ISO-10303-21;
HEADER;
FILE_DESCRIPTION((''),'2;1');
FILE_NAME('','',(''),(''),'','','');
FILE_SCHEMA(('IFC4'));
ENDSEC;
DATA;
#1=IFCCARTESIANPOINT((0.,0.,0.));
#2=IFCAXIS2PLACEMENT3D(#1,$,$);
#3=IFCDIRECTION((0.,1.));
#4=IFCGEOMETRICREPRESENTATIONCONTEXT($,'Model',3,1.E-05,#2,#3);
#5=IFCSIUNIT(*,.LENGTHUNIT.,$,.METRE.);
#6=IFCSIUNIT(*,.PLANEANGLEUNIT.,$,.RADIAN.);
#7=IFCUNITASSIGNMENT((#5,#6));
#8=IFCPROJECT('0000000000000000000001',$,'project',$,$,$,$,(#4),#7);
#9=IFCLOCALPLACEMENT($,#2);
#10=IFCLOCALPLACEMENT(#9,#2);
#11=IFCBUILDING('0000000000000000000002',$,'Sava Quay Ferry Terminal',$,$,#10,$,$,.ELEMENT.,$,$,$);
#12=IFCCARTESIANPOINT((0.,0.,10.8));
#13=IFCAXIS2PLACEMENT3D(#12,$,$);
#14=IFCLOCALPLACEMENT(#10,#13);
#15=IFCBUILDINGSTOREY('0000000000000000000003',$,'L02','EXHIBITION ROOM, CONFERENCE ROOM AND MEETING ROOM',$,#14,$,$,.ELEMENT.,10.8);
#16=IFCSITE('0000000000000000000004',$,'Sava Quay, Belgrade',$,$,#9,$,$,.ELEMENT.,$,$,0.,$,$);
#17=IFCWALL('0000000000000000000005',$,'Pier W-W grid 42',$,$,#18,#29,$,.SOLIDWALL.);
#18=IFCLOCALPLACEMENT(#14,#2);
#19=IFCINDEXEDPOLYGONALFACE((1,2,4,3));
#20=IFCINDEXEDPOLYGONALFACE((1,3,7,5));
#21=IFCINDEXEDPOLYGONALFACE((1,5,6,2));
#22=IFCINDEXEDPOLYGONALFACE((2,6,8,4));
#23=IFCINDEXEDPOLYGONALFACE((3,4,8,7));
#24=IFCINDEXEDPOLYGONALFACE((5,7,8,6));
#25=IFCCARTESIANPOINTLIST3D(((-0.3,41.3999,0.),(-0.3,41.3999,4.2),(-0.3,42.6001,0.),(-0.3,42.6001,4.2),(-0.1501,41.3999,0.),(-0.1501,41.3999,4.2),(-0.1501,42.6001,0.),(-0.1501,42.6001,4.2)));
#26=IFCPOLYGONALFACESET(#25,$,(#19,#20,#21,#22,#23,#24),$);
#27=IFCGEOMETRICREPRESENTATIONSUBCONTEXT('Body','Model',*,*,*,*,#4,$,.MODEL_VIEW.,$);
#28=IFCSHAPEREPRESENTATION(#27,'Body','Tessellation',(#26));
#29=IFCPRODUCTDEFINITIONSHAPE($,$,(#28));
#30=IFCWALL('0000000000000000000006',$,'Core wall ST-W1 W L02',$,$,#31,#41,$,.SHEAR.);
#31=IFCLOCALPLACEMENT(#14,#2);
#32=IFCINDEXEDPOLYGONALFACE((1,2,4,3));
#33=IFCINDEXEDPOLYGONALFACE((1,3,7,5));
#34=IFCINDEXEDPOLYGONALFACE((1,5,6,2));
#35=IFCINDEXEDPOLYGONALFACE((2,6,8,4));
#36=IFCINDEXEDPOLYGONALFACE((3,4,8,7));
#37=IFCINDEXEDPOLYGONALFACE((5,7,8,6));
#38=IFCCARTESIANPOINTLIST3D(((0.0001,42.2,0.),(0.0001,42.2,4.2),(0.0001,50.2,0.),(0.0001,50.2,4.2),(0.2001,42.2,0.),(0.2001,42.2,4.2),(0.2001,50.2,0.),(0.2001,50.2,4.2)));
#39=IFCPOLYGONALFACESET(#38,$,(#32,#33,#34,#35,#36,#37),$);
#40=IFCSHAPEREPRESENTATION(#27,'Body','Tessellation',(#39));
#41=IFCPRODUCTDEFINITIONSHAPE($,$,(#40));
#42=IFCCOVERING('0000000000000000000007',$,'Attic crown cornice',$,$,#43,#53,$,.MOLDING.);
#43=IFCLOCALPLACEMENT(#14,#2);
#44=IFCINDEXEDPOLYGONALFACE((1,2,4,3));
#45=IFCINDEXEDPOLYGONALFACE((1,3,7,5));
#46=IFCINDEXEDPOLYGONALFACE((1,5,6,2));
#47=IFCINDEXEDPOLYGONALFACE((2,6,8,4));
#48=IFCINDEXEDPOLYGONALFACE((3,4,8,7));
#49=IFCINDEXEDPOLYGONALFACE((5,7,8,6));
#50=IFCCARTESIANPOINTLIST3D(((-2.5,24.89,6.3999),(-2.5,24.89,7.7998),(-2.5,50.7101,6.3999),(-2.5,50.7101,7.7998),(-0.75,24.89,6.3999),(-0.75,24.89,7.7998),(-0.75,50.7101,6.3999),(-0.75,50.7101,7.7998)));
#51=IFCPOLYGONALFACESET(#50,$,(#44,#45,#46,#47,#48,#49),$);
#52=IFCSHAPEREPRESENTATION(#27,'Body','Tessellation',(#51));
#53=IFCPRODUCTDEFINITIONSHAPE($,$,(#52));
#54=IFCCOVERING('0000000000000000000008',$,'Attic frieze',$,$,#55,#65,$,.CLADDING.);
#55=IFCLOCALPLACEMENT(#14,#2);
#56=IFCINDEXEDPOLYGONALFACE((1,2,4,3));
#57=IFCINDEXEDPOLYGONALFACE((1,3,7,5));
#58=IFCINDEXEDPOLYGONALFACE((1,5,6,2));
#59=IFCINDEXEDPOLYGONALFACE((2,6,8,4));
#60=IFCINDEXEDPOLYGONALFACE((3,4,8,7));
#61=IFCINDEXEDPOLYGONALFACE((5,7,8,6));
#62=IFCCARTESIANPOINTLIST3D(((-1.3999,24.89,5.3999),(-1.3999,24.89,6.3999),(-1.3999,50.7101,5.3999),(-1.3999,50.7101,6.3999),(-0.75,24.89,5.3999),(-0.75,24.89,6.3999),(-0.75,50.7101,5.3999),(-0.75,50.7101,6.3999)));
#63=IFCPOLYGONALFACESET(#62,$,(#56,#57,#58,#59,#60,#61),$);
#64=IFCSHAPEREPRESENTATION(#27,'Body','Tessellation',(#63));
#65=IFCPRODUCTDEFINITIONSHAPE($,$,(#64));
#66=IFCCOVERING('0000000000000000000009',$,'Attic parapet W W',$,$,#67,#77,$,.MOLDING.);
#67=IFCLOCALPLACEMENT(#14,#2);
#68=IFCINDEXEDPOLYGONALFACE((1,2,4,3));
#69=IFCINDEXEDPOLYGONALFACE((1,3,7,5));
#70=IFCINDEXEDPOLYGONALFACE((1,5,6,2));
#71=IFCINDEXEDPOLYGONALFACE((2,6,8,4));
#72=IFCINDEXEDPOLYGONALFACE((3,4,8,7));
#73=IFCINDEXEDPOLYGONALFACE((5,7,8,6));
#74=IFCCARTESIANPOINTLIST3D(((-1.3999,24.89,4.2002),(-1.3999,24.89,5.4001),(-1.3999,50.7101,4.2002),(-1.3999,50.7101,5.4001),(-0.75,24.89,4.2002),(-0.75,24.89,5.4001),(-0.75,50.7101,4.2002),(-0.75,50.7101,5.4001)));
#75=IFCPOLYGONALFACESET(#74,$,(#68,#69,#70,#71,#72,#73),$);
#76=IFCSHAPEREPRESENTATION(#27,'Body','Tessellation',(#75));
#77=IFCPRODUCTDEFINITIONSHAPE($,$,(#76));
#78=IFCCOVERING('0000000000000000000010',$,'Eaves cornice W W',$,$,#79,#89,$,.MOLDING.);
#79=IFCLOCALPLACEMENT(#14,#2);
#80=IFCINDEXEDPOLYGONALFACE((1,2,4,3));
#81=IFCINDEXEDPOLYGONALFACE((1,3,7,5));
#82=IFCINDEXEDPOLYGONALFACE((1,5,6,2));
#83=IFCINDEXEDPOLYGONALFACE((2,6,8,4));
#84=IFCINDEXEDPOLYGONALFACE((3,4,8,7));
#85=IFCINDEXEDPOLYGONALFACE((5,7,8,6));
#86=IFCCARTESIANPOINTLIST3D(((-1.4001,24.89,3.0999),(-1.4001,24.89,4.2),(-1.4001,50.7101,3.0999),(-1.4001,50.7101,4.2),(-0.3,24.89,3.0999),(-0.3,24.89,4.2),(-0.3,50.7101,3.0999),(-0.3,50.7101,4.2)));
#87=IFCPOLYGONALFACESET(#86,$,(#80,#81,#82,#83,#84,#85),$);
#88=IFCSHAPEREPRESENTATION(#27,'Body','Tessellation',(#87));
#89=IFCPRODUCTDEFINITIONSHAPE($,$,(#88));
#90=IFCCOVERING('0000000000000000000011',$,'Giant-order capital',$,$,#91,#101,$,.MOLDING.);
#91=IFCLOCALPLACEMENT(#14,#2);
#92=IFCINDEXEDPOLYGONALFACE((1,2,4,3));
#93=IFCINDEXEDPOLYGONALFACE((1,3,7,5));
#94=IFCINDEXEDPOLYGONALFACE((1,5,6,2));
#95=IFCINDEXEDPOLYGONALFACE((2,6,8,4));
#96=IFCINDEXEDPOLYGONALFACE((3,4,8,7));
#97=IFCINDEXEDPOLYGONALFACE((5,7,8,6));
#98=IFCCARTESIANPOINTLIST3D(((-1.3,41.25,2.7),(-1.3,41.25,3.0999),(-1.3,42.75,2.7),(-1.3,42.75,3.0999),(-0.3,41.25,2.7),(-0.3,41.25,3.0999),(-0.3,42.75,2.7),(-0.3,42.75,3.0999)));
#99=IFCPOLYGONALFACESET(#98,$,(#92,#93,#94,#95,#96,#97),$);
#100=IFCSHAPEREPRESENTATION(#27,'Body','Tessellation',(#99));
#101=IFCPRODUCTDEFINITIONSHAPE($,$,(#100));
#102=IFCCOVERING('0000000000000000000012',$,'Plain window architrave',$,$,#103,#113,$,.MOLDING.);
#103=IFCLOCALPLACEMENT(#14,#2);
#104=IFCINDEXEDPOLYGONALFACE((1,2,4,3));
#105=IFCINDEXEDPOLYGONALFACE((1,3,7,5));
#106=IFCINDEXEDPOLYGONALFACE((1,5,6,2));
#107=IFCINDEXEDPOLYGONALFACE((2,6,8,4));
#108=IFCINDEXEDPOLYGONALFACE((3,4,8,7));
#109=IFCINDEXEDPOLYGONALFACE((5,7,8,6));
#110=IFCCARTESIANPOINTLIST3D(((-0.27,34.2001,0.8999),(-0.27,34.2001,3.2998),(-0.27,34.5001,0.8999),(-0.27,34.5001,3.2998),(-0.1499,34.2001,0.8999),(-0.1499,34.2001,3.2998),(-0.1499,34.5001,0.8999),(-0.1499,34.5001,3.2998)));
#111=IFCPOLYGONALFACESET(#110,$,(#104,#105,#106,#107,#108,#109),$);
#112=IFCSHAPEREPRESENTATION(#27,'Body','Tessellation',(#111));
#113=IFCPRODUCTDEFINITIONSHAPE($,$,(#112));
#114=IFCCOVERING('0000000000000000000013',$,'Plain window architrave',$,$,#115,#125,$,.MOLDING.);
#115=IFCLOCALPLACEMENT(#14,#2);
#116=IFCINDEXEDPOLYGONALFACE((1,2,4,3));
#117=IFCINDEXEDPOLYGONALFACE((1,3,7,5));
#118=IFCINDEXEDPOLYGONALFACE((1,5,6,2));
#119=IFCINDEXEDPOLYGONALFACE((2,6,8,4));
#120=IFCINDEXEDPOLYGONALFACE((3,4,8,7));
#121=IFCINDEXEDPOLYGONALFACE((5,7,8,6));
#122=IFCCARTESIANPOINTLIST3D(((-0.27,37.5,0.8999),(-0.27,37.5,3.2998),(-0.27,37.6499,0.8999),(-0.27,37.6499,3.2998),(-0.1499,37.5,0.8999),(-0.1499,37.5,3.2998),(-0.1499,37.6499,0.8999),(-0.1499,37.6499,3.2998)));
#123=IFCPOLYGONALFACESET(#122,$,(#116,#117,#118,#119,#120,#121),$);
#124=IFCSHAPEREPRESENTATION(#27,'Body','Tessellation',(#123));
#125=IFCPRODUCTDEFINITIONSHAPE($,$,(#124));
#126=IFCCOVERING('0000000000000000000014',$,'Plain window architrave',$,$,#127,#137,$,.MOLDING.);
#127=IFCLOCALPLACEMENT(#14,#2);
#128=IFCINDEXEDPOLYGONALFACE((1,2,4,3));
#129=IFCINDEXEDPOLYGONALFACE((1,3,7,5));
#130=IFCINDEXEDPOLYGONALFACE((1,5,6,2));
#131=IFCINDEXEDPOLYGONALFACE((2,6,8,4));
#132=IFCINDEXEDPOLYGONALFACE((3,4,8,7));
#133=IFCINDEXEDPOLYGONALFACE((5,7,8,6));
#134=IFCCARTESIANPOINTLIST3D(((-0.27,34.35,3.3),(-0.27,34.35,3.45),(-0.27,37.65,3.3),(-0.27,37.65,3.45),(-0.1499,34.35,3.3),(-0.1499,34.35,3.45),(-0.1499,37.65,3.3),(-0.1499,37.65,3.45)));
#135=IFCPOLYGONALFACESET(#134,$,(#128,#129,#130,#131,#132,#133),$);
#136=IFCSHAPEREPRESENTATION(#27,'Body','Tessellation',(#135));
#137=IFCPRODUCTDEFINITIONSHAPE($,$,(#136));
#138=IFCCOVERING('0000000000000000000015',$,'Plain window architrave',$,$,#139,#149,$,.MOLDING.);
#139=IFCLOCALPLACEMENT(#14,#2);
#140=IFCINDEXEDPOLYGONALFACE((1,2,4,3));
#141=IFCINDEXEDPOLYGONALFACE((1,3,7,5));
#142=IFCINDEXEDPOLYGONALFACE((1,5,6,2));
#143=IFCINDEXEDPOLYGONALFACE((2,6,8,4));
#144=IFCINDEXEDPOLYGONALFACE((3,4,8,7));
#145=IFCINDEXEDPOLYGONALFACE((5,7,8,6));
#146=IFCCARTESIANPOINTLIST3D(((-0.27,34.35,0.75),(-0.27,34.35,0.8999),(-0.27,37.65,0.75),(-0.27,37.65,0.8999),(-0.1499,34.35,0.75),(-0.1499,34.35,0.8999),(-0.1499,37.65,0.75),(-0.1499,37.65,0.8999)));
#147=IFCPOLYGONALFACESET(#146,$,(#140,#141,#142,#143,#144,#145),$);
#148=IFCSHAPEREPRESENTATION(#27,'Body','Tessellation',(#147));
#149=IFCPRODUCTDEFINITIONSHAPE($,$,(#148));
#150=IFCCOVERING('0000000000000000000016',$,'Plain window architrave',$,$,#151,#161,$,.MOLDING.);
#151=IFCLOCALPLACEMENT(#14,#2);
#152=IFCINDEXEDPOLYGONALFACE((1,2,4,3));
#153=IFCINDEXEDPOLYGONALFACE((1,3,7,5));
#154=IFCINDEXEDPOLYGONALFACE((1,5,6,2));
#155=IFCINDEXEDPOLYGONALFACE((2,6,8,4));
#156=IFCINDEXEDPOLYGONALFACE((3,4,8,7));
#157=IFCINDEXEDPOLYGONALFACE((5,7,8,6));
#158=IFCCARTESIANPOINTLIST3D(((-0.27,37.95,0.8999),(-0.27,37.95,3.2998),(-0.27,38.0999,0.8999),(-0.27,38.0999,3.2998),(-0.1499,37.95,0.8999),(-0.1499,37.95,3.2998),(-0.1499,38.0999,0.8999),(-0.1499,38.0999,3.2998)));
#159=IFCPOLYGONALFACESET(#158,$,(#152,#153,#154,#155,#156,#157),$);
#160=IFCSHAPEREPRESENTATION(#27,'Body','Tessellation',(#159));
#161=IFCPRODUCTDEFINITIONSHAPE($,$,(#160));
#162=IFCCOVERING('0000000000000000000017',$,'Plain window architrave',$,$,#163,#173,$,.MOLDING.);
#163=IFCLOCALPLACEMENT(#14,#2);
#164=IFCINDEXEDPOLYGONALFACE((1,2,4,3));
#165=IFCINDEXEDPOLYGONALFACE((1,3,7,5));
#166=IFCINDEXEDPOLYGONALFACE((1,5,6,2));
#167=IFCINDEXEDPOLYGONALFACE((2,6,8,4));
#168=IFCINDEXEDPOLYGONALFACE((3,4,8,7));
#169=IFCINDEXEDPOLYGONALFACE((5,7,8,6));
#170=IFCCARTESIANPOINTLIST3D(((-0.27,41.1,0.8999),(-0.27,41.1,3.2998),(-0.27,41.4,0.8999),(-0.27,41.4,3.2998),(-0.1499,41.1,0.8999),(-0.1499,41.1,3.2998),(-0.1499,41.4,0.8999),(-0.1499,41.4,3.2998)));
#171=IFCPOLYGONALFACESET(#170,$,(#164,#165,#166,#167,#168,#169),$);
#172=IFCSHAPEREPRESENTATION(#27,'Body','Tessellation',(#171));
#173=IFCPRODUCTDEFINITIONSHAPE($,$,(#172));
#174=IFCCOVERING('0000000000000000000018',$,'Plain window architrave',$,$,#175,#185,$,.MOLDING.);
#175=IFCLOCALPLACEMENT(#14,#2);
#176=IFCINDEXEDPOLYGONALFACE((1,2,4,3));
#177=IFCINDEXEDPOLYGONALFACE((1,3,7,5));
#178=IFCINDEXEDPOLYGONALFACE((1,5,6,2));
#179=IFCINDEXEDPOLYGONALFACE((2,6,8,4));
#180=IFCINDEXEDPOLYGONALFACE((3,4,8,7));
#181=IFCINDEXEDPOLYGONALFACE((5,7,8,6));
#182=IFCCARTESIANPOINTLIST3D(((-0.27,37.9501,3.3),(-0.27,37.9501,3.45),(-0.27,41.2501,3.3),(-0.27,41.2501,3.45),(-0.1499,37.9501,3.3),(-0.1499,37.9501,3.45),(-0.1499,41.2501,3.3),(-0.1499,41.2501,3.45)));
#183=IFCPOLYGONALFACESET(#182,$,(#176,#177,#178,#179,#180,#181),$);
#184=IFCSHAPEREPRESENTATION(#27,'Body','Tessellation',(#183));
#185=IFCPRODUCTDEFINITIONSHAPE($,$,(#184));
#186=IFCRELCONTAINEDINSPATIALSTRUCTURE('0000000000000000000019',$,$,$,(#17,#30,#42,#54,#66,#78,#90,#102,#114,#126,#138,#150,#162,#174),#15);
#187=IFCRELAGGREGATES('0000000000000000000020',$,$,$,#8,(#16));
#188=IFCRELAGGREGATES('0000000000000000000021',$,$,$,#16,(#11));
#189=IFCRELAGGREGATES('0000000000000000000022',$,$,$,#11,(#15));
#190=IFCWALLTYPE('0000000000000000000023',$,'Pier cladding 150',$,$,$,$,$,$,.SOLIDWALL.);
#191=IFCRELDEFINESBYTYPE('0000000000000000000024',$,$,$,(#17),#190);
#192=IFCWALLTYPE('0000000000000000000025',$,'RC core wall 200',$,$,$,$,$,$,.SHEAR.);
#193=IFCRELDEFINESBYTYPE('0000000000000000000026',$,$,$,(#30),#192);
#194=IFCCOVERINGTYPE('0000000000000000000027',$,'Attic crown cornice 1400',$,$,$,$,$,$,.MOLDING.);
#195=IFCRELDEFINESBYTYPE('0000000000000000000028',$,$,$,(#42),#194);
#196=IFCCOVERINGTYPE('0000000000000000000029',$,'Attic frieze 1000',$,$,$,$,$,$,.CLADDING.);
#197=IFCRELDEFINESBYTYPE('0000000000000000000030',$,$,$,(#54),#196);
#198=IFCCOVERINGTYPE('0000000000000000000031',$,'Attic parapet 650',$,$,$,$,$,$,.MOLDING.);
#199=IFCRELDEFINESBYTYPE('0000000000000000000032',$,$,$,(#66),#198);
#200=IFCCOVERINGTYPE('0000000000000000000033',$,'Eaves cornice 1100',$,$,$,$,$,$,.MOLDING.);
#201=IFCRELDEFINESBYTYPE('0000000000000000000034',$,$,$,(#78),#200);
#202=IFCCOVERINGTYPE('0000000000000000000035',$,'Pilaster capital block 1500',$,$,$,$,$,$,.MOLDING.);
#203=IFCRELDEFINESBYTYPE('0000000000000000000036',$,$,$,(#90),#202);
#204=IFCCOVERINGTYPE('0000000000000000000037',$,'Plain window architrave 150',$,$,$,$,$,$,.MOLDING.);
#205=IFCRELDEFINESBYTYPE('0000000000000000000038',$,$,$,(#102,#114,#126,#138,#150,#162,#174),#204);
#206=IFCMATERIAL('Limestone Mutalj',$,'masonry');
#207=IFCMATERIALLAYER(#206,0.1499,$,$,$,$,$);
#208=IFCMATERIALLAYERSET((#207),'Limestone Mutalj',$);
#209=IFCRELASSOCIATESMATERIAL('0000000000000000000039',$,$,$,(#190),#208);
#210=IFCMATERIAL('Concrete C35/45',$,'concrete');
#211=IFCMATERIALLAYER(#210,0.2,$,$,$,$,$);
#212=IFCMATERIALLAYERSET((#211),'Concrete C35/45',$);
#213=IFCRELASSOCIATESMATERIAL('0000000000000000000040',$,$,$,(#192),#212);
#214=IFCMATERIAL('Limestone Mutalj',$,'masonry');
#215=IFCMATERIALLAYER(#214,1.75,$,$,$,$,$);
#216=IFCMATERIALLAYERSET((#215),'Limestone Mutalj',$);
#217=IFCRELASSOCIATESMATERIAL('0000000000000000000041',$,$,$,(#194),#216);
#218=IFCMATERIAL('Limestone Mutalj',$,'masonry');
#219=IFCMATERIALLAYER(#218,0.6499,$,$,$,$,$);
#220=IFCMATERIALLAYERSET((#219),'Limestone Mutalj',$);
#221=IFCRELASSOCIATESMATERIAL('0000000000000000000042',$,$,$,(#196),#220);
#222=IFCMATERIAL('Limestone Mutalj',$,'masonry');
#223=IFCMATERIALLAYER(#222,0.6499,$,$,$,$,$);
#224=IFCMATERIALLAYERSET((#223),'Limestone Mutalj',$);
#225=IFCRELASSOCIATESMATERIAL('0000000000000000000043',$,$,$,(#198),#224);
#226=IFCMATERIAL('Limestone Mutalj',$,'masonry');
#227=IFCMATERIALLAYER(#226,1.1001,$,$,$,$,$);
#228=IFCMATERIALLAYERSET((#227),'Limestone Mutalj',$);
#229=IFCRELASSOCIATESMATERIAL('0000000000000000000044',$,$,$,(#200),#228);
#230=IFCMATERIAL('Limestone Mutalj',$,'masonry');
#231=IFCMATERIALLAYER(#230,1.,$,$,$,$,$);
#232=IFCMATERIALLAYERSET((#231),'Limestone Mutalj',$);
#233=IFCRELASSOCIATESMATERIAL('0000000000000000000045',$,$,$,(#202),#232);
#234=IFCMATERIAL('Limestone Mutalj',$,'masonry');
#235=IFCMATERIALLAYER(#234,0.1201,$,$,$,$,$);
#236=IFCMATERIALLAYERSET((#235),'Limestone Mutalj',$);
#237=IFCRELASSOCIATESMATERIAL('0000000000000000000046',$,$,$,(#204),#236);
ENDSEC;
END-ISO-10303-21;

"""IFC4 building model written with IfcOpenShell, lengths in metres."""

from ifc_helpers import new_model, si_unit, direction, frame, frame_2d, origin, origin_2d, place, context, subcontext, project, spatial, rectangle, extrude, material, layer, layer_set, type_object, element, save


model = new_model("IFC4")

# Units and contexts
model_context = context("Model", 3, precision=1e-05, world=origin(), true_north=direction((0.0, 1.0)))
body_context = subcontext(model_context, "Body", "Model", "MODEL_VIEW")
ifc_project = project(units=[si_unit("LENGTHUNIT", "METRE"), si_unit("PLANEANGLEUNIT", "RADIAN")], contexts=[model_context])

# Site, building, storey
site_placement = place(None, origin())
site = spatial("IfcSite", under=ifc_project, at=site_placement, Name="Sava Quay, Belgrade", CompositionType="ELEMENT", RefElevation=0.0)
building_placement = place(site_placement, origin())
building = spatial("IfcBuilding", under=site, at=building_placement, Name="Sava Quay Ferry Terminal", CompositionType="ELEMENT")
storey_placement = place(building_placement, frame((0.0, 0.0, 10.8)))
storey = spatial("IfcBuildingStorey", under=building, at=storey_placement, Name="L02", Description="EXHIBITION ROOM, CONFERENCE ROOM AND MEETING ROOM", CompositionType="ELEMENT", Elevation=10.8)

# Wall
ifc_material_1 = material(Name="Limestone Mutalj", Category="masonry")
ifc_layer_1 = layer(ifc_material_1, 0.1499)
ifc_layer_set_1 = layer_set([ifc_layer_1], Name="Limestone Mutalj")
wall_type_1 = type_object("IfcWallType", Name="Pier cladding 150", PredefinedType="SOLIDWALL", material=ifc_layer_set_1)
wall_1_placement = place(storey_placement, frame((-0.2251, 41.3999, 0.0), z_axis=(0.0, 0.0, 1.0), x_axis=(0.0, 1.0, 0.0)))
element("IfcWall", 1, at=wall_1_placement, inside=storey, type_object=wall_type_1, Name="Pier W-W grid 42", PredefinedType="SOLIDWALL", context=body_context, shape_type="SweptSolid", body=[
    extrude(rectangle(XDim=1.2002, YDim=0.1499, at=frame_2d((0.6001, 0.0))), origin(), (0.0, 0.0, 1.0), 4.2),
])

# Shared definitions
ifc_material_2 = material(Name="Concrete C35/45", Category="concrete")
ifc_layer_2 = layer(ifc_material_2, 0.2)
ifc_layer_set_2 = layer_set([ifc_layer_2], Name="Concrete C35/45")
wall_type_2 = type_object("IfcWallType", Name="RC core wall 200", PredefinedType="SHEAR", material=ifc_layer_set_2)

# Wall
wall_2_placement = place(storey_placement, frame((0.1001, 42.2, 0.0), z_axis=(0.0, 0.0, 1.0), x_axis=(0.0, 1.0, 0.0)))
element("IfcWall", 2, at=wall_2_placement, inside=storey, type_object=wall_type_2, Name="Core wall ST-W1 W L02", PredefinedType="SHEAR", context=body_context, shape_type="SweptSolid", body=[
    extrude(rectangle(XDim=8.0, YDim=0.2, at=frame_2d((4.0, 0.0))), origin(), (0.0, 0.0, 1.0), 4.2),
])

# Coverings
ifc_material_3 = material(Name="Limestone Mutalj", Category="masonry")
ifc_layer_3 = layer(ifc_material_3, 1.75)
ifc_layer_set_3 = layer_set([ifc_layer_3], Name="Limestone Mutalj")
covering_type_1 = type_object("IfcCoveringType", Name="Attic crown cornice 1400", PredefinedType="MOLDING", material=ifc_layer_set_3)
covering_1_placement = place(storey_placement, frame((-1.625, 37.8, 6.3999), z_axis=(0.0, 0.0, 1.0), x_axis=(1.0, 0.0, 0.0)))
element("IfcCovering", 3, at=covering_1_placement, inside=storey, type_object=covering_type_1, Name="Attic crown cornice", PredefinedType="MOLDING", context=body_context, shape_type="SweptSolid", body=[
    extrude(rectangle(XDim=1.75, YDim=25.8201, at=origin_2d()), origin(), (0.0, 0.0, 1.0), 1.3999),
])
ifc_material_4 = material(Name="Limestone Mutalj", Category="masonry")
ifc_layer_4 = layer(ifc_material_4, 0.6499)
ifc_layer_set_4 = layer_set([ifc_layer_4], Name="Limestone Mutalj")
covering_type_2 = type_object("IfcCoveringType", Name="Attic frieze 1000", PredefinedType="CLADDING", material=ifc_layer_set_4)
covering_2_placement = place(storey_placement, frame((-1.075, 37.8, 5.3999), z_axis=(0.0, 0.0, 1.0), x_axis=(1.0, 0.0, 0.0)))
element("IfcCovering", 4, at=covering_2_placement, inside=storey, type_object=covering_type_2, Name="Attic frieze", PredefinedType="CLADDING", context=body_context, shape_type="SweptSolid", body=[
    extrude(rectangle(XDim=0.6499, YDim=25.8201, at=origin_2d()), origin(), (0.0, 0.0, 1.0), 1.0),
])
ifc_material_5 = material(Name="Limestone Mutalj", Category="masonry")
ifc_layer_5 = layer(ifc_material_5, 0.6499)
ifc_layer_set_5 = layer_set([ifc_layer_5], Name="Limestone Mutalj")
covering_type_3 = type_object("IfcCoveringType", Name="Attic parapet 650", PredefinedType="MOLDING", material=ifc_layer_set_5)
covering_3_placement = place(storey_placement, frame((-1.075, 37.8, 4.2002), z_axis=(0.0, 0.0, 1.0), x_axis=(1.0, 0.0, 0.0)))
element("IfcCovering", 5, at=covering_3_placement, inside=storey, type_object=covering_type_3, Name="Attic parapet W W", PredefinedType="MOLDING", context=body_context, shape_type="SweptSolid", body=[
    extrude(rectangle(XDim=0.6499, YDim=25.8201, at=origin_2d()), origin(), (0.0, 0.0, 1.0), 1.2),
])
ifc_material_6 = material(Name="Limestone Mutalj", Category="masonry")
ifc_layer_6 = layer(ifc_material_6, 1.1001)
ifc_layer_set_6 = layer_set([ifc_layer_6], Name="Limestone Mutalj")
covering_type_4 = type_object("IfcCoveringType", Name="Eaves cornice 1100", PredefinedType="MOLDING", material=ifc_layer_set_6)
covering_4_placement = place(storey_placement, frame((-0.8501, 37.8, 3.0999), z_axis=(0.0, 0.0, 1.0), x_axis=(1.0, 0.0, 0.0)))
element("IfcCovering", 6, at=covering_4_placement, inside=storey, type_object=covering_type_4, Name="Eaves cornice W W", PredefinedType="MOLDING", context=body_context, shape_type="SweptSolid", body=[
    extrude(rectangle(XDim=1.1001, YDim=25.8201, at=origin_2d()), origin(), (0.0, 0.0, 1.0), 1.1001),
])
ifc_material_7 = material(Name="Limestone Mutalj", Category="masonry")
ifc_layer_7 = layer(ifc_material_7, 1.0)
ifc_layer_set_7 = layer_set([ifc_layer_7], Name="Limestone Mutalj")
covering_type_5 = type_object("IfcCoveringType", Name="Pilaster capital block 1500", PredefinedType="MOLDING", material=ifc_layer_set_7)
covering_5_placement = place(storey_placement, frame((-0.8, 42.0, 2.7), z_axis=(0.0, 0.0, 1.0), x_axis=(1.0, 0.0, 0.0)))
element("IfcCovering", 7, at=covering_5_placement, inside=storey, type_object=covering_type_5, Name="Giant-order capital", PredefinedType="MOLDING", context=body_context, shape_type="SweptSolid", body=[
    extrude(rectangle(XDim=1.0, YDim=1.5, at=origin_2d()), origin(), (0.0, 0.0, 1.0), 0.3999),
])
ifc_material_8 = material(Name="Limestone Mutalj", Category="masonry")
ifc_layer_8 = layer(ifc_material_8, 0.1201)
ifc_layer_set_8 = layer_set([ifc_layer_8], Name="Limestone Mutalj")
covering_type_6 = type_object("IfcCoveringType", Name="Plain window architrave 150", PredefinedType="MOLDING", material=ifc_layer_set_8)
covering_6_placement = place(storey_placement, frame((-0.21, 34.3501, 0.8999), z_axis=(0.0, 0.0, 1.0), x_axis=(1.0, 0.0, 0.0)))
element("IfcCovering", 8, at=covering_6_placement, inside=storey, type_object=covering_type_6, Name="Plain window architrave", PredefinedType="MOLDING", context=body_context, shape_type="SweptSolid", body=[
    extrude(rectangle(XDim=0.1201, YDim=0.3, at=origin_2d()), origin(), (0.0, 0.0, 1.0), 2.3999),
])
covering_7_placement = place(storey_placement, frame((-0.21, 37.575, 0.8999), z_axis=(0.0, 0.0, 1.0), x_axis=(1.0, 0.0, 0.0)))
element("IfcCovering", 9, at=covering_7_placement, inside=storey, type_object=covering_type_6, Name="Plain window architrave", PredefinedType="MOLDING", context=body_context, shape_type="SweptSolid", body=[
    extrude(rectangle(XDim=0.1201, YDim=0.1499, at=origin_2d()), origin(), (0.0, 0.0, 1.0), 2.3999),
])
for number, where, z_axis, x_axis, name in (
    (10, (-0.21, 36.0, 3.3), (0.0, 0.0, 1.0), (1.0, 0.0, 0.0), "Plain window architrave"),
    (11, (-0.21, 36.0, 0.75), (0.0, 0.0, 1.0), (1.0, 0.0, 0.0), "Plain window architrave"),
):
    element("IfcCovering", number, at=place(storey_placement, frame(where, z_axis=z_axis, x_axis=x_axis)), inside=storey, type_object=covering_type_6, Name=name, PredefinedType="MOLDING", context=body_context, shape_type="SweptSolid", body=[
        extrude(rectangle(XDim=0.1201, YDim=3.3, at=origin_2d()), origin(), (0.0, 0.0, 1.0), 0.1499),
    ])
covering_8_placement = place(storey_placement, frame((-0.21, 38.0249, 0.8999), z_axis=(0.0, 0.0, 1.0), x_axis=(1.0, 0.0, 0.0)))
element("IfcCovering", 12, at=covering_8_placement, inside=storey, type_object=covering_type_6, Name="Plain window architrave", PredefinedType="MOLDING", context=body_context, shape_type="SweptSolid", body=[
    extrude(rectangle(XDim=0.1201, YDim=0.1499, at=origin_2d()), origin(), (0.0, 0.0, 1.0), 2.3999),
])
covering_9_placement = place(storey_placement, frame((-0.21, 41.25, 0.8999), z_axis=(0.0, 0.0, 1.0), x_axis=(1.0, 0.0, 0.0)))
element("IfcCovering", 13, at=covering_9_placement, inside=storey, type_object=covering_type_6, Name="Plain window architrave", PredefinedType="MOLDING", context=body_context, shape_type="SweptSolid", body=[
    extrude(rectangle(XDim=0.1201, YDim=0.3, at=origin_2d()), origin(), (0.0, 0.0, 1.0), 2.3999),
])
for number, where, z_axis, x_axis, name in (
    (14, (-0.21, 39.6001, 3.3), (0.0, 0.0, 1.0), (1.0, 0.0, 0.0), "Plain window architrave"),
):
    element("IfcCovering", number, at=place(storey_placement, frame(where, z_axis=z_axis, x_axis=x_axis)), inside=storey, type_object=covering_type_6, Name=name, PredefinedType="MOLDING", context=body_context, shape_type="SweptSolid", body=[
        extrude(rectangle(XDim=0.1201, YDim=3.3, at=origin_2d()), origin(), (0.0, 0.0, 1.0), 0.1499),
    ])

save(model, "model.ifc")
